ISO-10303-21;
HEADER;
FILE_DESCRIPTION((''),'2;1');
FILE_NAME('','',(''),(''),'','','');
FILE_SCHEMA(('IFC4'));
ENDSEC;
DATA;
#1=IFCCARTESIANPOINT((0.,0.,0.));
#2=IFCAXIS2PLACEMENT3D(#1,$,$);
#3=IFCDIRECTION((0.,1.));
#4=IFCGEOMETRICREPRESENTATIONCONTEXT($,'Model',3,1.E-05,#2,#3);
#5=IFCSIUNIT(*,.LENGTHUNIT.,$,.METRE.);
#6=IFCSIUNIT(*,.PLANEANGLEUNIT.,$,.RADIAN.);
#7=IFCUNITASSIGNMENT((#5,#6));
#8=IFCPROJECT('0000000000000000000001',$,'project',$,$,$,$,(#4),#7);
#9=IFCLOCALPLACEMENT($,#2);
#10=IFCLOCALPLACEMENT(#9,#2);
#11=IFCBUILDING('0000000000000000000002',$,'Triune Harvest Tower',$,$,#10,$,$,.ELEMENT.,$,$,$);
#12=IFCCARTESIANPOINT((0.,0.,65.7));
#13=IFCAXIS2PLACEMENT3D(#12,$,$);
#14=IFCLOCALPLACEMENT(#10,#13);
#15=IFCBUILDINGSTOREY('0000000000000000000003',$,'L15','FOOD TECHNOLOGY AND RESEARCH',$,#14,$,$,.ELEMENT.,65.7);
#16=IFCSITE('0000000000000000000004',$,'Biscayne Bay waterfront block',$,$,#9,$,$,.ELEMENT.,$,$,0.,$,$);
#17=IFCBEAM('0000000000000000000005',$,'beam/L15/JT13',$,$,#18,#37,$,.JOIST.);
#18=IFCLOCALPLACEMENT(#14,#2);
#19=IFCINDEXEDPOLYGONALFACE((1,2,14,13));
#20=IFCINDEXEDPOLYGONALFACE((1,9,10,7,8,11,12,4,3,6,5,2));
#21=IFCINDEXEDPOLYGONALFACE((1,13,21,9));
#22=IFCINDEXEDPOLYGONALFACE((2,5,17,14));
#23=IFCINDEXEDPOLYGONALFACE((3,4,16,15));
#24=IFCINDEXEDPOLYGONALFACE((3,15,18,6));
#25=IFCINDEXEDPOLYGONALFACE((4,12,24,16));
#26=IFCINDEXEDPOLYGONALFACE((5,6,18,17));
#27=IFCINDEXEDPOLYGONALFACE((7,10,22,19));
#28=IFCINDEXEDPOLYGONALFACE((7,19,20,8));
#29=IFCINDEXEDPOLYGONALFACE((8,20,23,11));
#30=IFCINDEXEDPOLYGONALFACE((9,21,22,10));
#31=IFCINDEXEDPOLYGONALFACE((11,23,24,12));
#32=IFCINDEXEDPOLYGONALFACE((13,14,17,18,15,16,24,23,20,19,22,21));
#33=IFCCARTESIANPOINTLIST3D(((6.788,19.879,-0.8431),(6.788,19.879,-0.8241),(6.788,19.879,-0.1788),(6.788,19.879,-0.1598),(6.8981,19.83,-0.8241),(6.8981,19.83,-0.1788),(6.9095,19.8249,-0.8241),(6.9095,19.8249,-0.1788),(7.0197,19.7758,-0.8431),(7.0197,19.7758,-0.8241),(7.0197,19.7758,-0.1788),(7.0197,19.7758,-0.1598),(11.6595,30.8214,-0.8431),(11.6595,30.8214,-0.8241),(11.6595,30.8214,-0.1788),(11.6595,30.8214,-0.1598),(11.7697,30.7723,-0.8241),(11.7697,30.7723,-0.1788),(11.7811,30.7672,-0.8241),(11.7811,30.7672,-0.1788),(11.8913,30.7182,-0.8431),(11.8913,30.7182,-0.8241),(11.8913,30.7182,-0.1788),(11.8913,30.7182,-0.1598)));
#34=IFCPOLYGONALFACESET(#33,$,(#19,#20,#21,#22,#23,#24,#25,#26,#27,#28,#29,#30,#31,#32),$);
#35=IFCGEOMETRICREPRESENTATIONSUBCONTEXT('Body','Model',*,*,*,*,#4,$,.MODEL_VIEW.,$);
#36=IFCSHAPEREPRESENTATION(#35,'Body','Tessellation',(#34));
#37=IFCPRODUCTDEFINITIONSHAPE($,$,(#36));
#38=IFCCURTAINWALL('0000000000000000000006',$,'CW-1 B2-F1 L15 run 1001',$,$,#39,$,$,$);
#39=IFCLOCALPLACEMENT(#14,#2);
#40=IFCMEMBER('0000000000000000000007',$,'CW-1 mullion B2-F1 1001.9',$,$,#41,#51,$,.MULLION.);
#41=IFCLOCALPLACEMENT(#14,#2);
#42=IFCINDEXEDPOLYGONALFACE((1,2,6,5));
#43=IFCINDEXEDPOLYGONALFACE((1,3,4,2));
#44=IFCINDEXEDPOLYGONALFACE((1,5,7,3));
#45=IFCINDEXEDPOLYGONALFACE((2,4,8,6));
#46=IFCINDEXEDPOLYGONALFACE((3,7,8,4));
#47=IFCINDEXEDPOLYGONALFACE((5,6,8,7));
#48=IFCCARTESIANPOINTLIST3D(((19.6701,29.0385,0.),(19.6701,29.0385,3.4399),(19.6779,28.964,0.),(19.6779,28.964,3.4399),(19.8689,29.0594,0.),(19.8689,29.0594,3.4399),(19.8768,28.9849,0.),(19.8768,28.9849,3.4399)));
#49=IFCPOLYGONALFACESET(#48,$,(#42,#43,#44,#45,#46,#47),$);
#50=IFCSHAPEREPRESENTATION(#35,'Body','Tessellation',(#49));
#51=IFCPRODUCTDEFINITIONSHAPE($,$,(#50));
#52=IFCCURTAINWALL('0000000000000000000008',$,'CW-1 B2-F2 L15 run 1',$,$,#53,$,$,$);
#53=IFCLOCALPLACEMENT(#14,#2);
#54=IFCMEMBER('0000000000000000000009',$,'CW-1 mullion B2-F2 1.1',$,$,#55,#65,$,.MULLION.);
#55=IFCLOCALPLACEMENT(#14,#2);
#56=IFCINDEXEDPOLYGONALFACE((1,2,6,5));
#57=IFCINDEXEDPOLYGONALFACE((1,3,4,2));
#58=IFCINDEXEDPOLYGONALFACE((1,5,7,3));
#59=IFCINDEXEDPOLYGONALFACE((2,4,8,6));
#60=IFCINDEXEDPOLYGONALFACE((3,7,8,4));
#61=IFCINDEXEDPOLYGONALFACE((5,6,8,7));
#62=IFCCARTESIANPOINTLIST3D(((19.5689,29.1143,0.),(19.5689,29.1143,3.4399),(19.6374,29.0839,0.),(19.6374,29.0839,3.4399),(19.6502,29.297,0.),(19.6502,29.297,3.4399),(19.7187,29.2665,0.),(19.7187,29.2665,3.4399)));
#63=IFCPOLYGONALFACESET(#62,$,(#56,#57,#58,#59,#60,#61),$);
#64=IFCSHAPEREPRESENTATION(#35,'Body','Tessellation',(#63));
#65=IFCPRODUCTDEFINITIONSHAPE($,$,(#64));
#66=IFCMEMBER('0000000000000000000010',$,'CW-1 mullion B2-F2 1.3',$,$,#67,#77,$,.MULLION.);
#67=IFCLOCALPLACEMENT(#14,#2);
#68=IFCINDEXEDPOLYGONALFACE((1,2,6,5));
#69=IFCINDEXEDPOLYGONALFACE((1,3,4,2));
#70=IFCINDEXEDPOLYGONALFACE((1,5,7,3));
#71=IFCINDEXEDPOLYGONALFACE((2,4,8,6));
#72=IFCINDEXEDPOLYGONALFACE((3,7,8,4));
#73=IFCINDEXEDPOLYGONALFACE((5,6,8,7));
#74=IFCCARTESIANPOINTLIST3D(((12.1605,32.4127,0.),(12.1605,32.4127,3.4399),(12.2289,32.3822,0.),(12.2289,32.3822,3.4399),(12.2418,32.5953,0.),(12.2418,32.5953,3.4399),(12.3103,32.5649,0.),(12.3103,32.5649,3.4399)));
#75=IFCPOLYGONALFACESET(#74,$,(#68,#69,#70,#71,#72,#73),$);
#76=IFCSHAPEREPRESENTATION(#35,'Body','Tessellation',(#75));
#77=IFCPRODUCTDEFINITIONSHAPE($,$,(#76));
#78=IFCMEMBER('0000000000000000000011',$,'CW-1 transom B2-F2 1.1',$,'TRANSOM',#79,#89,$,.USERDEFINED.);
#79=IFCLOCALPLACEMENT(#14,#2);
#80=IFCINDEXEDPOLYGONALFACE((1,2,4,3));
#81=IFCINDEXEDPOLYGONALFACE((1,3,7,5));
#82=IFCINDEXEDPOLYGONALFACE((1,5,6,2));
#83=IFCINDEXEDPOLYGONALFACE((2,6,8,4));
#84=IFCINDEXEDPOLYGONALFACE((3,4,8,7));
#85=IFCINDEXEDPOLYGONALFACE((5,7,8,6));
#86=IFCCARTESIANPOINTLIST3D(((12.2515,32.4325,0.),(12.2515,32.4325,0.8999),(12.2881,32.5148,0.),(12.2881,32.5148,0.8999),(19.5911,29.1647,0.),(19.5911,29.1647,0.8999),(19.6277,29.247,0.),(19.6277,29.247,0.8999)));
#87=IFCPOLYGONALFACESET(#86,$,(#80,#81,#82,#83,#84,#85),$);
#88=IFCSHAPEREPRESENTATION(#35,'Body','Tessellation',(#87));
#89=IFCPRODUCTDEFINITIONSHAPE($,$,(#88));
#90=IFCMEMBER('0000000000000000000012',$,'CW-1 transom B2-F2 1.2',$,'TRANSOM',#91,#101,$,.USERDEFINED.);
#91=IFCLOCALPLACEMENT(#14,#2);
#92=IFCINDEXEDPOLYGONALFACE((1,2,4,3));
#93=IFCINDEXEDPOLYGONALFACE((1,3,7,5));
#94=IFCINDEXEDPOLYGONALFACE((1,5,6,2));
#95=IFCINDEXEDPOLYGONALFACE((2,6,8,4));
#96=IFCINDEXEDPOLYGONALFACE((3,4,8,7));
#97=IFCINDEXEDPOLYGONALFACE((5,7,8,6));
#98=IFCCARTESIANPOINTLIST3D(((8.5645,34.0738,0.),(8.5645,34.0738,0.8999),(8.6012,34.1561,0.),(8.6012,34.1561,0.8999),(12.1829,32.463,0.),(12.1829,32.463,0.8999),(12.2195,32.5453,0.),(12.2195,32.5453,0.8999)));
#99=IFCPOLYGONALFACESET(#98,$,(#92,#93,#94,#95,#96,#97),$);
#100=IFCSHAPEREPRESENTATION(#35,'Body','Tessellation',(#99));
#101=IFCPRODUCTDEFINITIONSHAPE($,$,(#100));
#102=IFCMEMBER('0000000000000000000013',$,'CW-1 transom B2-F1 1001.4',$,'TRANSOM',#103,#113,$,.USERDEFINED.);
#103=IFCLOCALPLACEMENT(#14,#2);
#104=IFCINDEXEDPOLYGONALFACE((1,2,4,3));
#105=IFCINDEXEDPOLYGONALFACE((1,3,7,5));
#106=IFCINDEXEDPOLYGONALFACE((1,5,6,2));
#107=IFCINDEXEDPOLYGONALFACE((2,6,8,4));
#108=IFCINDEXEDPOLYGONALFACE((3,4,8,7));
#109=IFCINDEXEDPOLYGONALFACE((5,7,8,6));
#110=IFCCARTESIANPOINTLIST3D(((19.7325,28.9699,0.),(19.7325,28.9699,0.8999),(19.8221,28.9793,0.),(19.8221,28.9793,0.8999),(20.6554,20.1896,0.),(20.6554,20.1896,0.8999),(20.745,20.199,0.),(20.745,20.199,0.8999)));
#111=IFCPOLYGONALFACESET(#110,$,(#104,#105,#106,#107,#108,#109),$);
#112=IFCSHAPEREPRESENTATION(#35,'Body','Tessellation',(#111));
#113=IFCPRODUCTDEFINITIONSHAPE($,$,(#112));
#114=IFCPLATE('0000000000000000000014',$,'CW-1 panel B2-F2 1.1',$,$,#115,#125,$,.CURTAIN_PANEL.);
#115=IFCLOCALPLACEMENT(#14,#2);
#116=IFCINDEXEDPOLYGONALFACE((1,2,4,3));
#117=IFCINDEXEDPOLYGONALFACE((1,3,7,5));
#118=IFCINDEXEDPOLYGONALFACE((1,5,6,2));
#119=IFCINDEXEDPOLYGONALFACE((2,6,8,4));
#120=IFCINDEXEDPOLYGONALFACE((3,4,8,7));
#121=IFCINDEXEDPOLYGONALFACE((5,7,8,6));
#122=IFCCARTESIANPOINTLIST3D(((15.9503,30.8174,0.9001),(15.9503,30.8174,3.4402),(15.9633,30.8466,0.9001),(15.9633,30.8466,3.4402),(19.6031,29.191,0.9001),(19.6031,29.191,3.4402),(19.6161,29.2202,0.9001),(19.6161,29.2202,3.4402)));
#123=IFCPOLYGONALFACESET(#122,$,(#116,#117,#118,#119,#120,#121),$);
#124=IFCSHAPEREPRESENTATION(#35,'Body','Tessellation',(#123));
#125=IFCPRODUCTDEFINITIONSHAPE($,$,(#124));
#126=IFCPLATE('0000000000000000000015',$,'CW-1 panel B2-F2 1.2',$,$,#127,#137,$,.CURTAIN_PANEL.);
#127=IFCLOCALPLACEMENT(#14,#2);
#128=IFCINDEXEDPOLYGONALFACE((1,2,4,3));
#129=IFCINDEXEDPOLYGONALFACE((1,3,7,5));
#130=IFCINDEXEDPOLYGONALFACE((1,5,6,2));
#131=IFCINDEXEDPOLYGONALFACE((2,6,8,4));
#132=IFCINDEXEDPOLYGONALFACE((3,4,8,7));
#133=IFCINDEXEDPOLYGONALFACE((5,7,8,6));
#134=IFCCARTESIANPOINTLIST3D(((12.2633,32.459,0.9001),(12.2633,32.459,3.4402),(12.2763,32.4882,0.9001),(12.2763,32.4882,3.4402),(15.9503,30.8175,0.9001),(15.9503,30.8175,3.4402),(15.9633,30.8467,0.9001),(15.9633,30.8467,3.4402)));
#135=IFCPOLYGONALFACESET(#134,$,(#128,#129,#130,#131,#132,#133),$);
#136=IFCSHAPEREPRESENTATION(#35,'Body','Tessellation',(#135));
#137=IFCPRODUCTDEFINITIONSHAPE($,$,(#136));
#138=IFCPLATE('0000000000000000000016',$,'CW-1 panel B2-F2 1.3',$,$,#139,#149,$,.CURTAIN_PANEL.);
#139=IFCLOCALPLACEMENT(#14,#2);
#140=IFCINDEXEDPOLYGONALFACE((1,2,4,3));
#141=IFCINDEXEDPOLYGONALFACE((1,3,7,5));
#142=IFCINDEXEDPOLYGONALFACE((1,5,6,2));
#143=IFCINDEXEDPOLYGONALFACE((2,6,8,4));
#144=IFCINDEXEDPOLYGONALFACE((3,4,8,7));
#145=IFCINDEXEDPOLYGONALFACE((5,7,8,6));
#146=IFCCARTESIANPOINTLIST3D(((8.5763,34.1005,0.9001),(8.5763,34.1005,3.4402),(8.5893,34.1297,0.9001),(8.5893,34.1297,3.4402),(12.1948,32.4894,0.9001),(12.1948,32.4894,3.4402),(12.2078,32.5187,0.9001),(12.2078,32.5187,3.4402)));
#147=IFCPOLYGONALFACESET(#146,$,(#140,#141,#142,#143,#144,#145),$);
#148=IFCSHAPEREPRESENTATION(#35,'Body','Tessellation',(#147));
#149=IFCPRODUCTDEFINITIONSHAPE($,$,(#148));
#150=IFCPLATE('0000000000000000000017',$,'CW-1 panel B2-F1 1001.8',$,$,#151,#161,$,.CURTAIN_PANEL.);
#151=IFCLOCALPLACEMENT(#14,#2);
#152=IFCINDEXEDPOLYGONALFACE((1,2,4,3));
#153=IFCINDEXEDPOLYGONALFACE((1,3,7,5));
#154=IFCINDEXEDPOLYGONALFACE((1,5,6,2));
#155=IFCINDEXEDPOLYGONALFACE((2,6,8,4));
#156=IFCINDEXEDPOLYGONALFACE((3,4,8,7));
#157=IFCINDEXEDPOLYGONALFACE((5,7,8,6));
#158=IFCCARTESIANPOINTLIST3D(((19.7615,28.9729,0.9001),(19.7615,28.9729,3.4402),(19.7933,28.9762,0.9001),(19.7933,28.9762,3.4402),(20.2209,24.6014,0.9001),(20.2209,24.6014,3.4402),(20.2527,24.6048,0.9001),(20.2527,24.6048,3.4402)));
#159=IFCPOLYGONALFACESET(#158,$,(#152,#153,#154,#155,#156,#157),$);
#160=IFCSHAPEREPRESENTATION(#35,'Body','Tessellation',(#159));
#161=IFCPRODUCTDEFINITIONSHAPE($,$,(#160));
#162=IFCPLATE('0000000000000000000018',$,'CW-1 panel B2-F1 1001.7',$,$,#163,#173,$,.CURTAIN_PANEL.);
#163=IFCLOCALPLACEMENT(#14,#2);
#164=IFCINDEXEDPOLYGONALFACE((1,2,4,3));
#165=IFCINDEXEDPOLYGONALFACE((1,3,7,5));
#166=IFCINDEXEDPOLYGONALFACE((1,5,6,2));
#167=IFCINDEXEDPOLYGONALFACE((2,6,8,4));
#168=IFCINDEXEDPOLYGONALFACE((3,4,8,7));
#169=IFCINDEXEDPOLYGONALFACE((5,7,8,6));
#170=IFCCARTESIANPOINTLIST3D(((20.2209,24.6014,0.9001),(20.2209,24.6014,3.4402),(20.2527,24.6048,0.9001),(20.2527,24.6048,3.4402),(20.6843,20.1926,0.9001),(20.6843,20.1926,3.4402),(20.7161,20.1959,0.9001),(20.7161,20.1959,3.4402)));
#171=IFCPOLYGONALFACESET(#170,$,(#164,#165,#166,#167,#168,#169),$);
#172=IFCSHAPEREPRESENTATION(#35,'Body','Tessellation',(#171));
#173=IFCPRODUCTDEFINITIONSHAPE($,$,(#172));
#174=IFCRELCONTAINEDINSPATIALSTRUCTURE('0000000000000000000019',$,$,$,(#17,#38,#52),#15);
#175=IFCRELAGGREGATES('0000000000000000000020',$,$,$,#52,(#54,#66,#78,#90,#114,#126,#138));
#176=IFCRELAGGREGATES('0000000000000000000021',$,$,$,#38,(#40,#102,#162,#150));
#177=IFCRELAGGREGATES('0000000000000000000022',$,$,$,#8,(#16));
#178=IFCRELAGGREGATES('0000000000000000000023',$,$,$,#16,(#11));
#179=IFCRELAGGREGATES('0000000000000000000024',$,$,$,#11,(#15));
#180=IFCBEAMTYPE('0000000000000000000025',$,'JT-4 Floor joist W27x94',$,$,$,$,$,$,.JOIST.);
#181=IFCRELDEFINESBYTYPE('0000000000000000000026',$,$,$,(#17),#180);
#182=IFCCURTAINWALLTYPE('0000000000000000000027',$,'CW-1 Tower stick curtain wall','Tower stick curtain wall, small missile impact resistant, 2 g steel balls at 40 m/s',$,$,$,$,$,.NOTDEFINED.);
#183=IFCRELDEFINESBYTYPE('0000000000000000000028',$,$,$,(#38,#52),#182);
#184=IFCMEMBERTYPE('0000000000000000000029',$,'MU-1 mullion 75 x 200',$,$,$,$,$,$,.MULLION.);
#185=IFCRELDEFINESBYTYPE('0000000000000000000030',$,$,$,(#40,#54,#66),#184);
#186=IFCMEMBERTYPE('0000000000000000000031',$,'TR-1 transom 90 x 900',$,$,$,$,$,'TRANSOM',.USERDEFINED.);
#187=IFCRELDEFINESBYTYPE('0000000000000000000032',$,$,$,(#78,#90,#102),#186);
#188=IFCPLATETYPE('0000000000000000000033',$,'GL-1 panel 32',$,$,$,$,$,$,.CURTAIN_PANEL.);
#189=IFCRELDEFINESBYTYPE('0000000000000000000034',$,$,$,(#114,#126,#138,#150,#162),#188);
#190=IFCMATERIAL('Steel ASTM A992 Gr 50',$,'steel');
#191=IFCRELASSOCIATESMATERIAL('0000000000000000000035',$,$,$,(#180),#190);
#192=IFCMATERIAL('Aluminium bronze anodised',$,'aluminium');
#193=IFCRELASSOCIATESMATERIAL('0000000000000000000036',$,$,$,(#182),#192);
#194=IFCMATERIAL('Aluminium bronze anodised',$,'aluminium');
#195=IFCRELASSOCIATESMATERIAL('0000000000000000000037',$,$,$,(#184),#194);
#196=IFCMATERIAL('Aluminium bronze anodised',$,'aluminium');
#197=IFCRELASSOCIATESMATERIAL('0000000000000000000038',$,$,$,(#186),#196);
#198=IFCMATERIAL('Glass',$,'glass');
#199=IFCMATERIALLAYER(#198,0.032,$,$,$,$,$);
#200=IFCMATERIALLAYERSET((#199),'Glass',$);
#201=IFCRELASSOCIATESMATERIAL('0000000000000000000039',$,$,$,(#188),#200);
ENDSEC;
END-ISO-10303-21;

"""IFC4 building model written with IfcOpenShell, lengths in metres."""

from ifc_helpers import new_model, si_unit, direction, frame, origin, origin_2d, place, context, subcontext, project, spatial, rectangle, i_section, extrude, source, transform, mapped, material, layer, layer_set, material_profile, profile_set, type_object, element, aggregate, save


model = new_model("IFC4")

# Units and contexts
model_context = context("Model", 3, precision=1e-05, world=origin(), true_north=direction((0.0, 1.0)))
body_context = subcontext(model_context, "Body", "Model", "MODEL_VIEW")
ifc_project = project(units=[si_unit("LENGTHUNIT", "METRE"), si_unit("PLANEANGLEUNIT", "RADIAN")], contexts=[model_context])

# Site, building, storey
site_placement = place(None, origin())
site = spatial("IfcSite", under=ifc_project, at=site_placement, Name="Biscayne Bay waterfront block", CompositionType="ELEMENT", RefElevation=0.0)
building_placement = place(site_placement, origin())
building = spatial("IfcBuilding", under=site, at=building_placement, Name="Triune Harvest Tower", CompositionType="ELEMENT")
storey_placement = place(building_placement, frame((0.0, 0.0, 65.7)))
storey = spatial("IfcBuildingStorey", under=building, at=storey_placement, Name="L15", Description="FOOD TECHNOLOGY AND RESEARCH", CompositionType="ELEMENT", Elevation=65.7)

# Beam
ifc_material_1 = material(Name="Steel ASTM A992 Gr 50", Category="steel")
ifc_material_profile_1 = material_profile(ifc_material_1, i_section(OverallWidth=0.2537, OverallDepth=0.6833, WebThickness=0.0125, FlangeThickness=0.019, at=origin_2d()), Name="W27x94")
ifc_profile_set_1 = profile_set([ifc_material_profile_1], Name="Steel ASTM A992 Gr 50")
beam_type_1 = type_object("IfcBeamType", Name="JT-4 Floor joist W27x94", PredefinedType="JOIST", material=ifc_profile_set_1)
shared_shape_1 = source(origin(), body_context, "Body", "SweptSolid", [
    extrude(i_section(OverallWidth=0.2537, OverallDepth=0.6833, WebThickness=0.0125, FlangeThickness=0.019, at=origin_2d()), origin(), (0.0, 0.0, 1.0), 11.9778),
])
beam_1_placement = place(storey_placement, frame((11.7754, 30.7698, -0.5015), z_axis=(-0.406717, -0.913554, 0.0), x_axis=(0.913554, -0.406717, 0.0)))
element("IfcBeam", 1, at=beam_1_placement, inside=storey, type_object=beam_type_1, Name="beam/L15/JT13", PredefinedType="JOIST", context=body_context, shape_type="MappedRepresentation", body=[
    mapped(shared_shape_1, transform((0.0, 0.0, 0.0), scale=1.0)),
])

# Curtain wall, member
ifc_material_2 = material(Name="Aluminium bronze anodised", Category="aluminium")
curtain_wall_type = type_object("IfcCurtainWallType", Name="CW-1 Tower stick curtain wall", Description="Tower stick curtain wall, small missile impact resistant, 2 g steel balls at 40 m/s", PredefinedType="NOTDEFINED", material=ifc_material_2)
curtain_wall_1_placement = place(storey_placement, origin())
curtain_wall_1 = element("IfcCurtainWall", 2, at=curtain_wall_1_placement, inside=storey, type_object=curtain_wall_type, Name="CW-1 B2-F1 L15 run 1001")
ifc_material_3 = material(Name="Aluminium bronze anodised", Category="aluminium")
ifc_material_profile_2 = material_profile(ifc_material_3, rectangle(XDim=0.2, YDim=0.075, at=origin_2d()), Name="MU-1 mullion 75 x 200")
ifc_profile_set_2 = profile_set([ifc_material_profile_2], Name="Aluminium bronze anodised")
member_type_1 = type_object("IfcMemberType", Name="MU-1 mullion 75 x 200", PredefinedType="MULLION", material=ifc_profile_set_2)
shared_shape_2 = source(origin(), body_context, "Body", "SweptSolid", [
    extrude(rectangle(XDim=0.2, YDim=0.075, at=origin_2d()), origin(), (0.0, 0.0, 1.0), 3.4399),
])
member_1_placement = place(storey_placement, frame((19.7734, 29.0117, 0.0), z_axis=(0.0, 0.0, 1.0), x_axis=(-0.994522, -0.104528, 0.0)))
member_1 = element("IfcMember", 3, at=member_1_placement, type_object=member_type_1, Name="CW-1 mullion B2-F1 1001.9", PredefinedType="MULLION", context=body_context, shape_type="MappedRepresentation", body=[
    mapped(shared_shape_2, transform((0.0, 0.0, 0.0), scale=1.0)),
])

# Curtain wall, members
curtain_wall_2_placement = place(storey_placement, origin())
curtain_wall_2 = element("IfcCurtainWall", 4, at=curtain_wall_2_placement, inside=storey, type_object=curtain_wall_type, Name="CW-1 B2-F2 L15 run 1")
member_2_placement = place(storey_placement, frame((19.6438, 29.1904, 0.0), z_axis=(0.0, 0.0, 1.0), x_axis=(-0.406734, -0.913547, 0.0)))
member_2 = element("IfcMember", 5, at=member_2_placement, type_object=member_type_1, Name="CW-1 mullion B2-F2 1.1", PredefinedType="MULLION", context=body_context, shape_type="MappedRepresentation", body=[
    mapped(shared_shape_2, transform((0.0, 0.0, 0.0), scale=1.0)),
])
member_3_placement = place(storey_placement, frame((12.2354, 32.4888, 0.0), z_axis=(0.0, 0.0, 1.0), x_axis=(-0.406734, -0.913547, 0.0)))
member_3 = element("IfcMember", 6, at=member_3_placement, type_object=member_type_1, Name="CW-1 mullion B2-F2 1.3", PredefinedType="MULLION", context=body_context, shape_type="MappedRepresentation", body=[
    mapped(shared_shape_2, transform((0.0, 0.0, 0.0), scale=1.0)),
])
ifc_material_4 = material(Name="Aluminium bronze anodised", Category="aluminium")
ifc_material_profile_3 = material_profile(ifc_material_4, rectangle(XDim=0.0901, YDim=0.8999, at=origin_2d()), Name="TR-1 transom 90 x 900")
ifc_profile_set_3 = profile_set([ifc_material_profile_3], Name="Aluminium bronze anodised")
member_type_2 = type_object("IfcMemberType", Name="TR-1 transom 90 x 900", ElementType="TRANSOM", PredefinedType="USERDEFINED", material=ifc_profile_set_3)
shared_shape_3 = source(origin(), body_context, "Body", "SweptSolid", [
    extrude(rectangle(XDim=0.0901, YDim=0.8999, at=origin_2d()), origin(), (0.0, 0.0, 1.0), 8.0342),
])
member_4_placement = place(storey_placement, frame((19.6094, 29.2058, 0.45), z_axis=(-0.913544, 0.406739, 0.0), x_axis=(-0.406739, -0.913544, 0.0)))
member_4 = element("IfcMember", 7, at=member_4_placement, type_object=member_type_2, Name="CW-1 transom B2-F2 1.1", ObjectType="TRANSOM", PredefinedType="USERDEFINED", context=body_context, shape_type="MappedRepresentation", body=[
    mapped(shared_shape_3, transform((0.0, 0.0, 0.0), scale=1.0)),
])
shared_shape_4 = source(origin(), body_context, "Body", "SweptSolid", [
    extrude(rectangle(XDim=0.0901, YDim=0.8999, at=origin_2d()), origin(), (0.0, 0.0, 1.0), 3.9607),
])
member_5_placement = place(storey_placement, frame((12.2012, 32.5042, 0.45), z_axis=(-0.913562, 0.406699, 0.0), x_axis=(-0.406699, -0.913562, 0.0)))
member_5 = element("IfcMember", 8, at=member_5_placement, type_object=member_type_2, Name="CW-1 transom B2-F2 1.2", ObjectType="TRANSOM", PredefinedType="USERDEFINED", context=body_context, shape_type="MappedRepresentation", body=[
    mapped(shared_shape_4, transform((0.0, 0.0, 0.0), scale=1.0)),
])

# Member
shared_shape_5 = source(origin(), body_context, "Body", "SweptSolid", [
    extrude(rectangle(XDim=0.0901, YDim=0.8999, at=origin_2d()), origin(), (0.0, 0.0, 1.0), 8.8286),
])
member_6_placement = place(storey_placement, frame((20.7002, 20.1943, 0.45), z_axis=(-0.104529, 0.994522, 0.0), x_axis=(-0.994522, -0.104529, 0.0)))
member_6 = element("IfcMember", 9, at=member_6_placement, type_object=member_type_2, Name="CW-1 transom B2-F1 1001.4", ObjectType="TRANSOM", PredefinedType="USERDEFINED", context=body_context, shape_type="MappedRepresentation", body=[
    mapped(shared_shape_5, transform((0.0, 0.0, 0.0), scale=1.0)),
])

# Plates
ifc_material_5 = material(Name="Glass", Category="glass")
ifc_layer_1 = layer(ifc_material_5, 0.032)
ifc_layer_set_1 = layer_set([ifc_layer_1], Name="Glass")
plate_type = type_object("IfcPlateType", Name="GL-1 panel 32", PredefinedType="CURTAIN_PANEL", material=ifc_layer_set_1)
shared_shape_6 = source(origin(), body_context, "Body", "SweptSolid", [
    extrude(rectangle(XDim=3.9985, YDim=0.032, at=origin_2d()), origin(), (0.0, 0.0, 1.0), 2.54),
])
plate_1_placement = place(storey_placement, frame((17.7832, 30.0188, 0.9001), z_axis=(0.0, 0.0, 1.0), x_axis=(-0.913547, 0.406734, 0.0)))
plate_1 = element("IfcPlate", 10, at=plate_1_placement, type_object=plate_type, Name="CW-1 panel B2-F2 1.1", PredefinedType="CURTAIN_PANEL", context=body_context, shape_type="MappedRepresentation", body=[
    mapped(shared_shape_6, transform((0.0, 0.0, 0.0), scale=1.0)),
])
shared_shape_7 = source(origin(), body_context, "Body", "SweptSolid", [
    extrude(rectangle(XDim=4.0359, YDim=0.032, at=origin_2d()), origin(), (0.0, 0.0, 1.0), 2.54),
])
plate_2_placement = place(storey_placement, frame((14.1133, 31.6528, 0.9001), z_axis=(0.0, 0.0, 1.0), x_axis=(-0.913547, 0.406734, 0.0)))
plate_2 = element("IfcPlate", 11, at=plate_2_placement, type_object=plate_type, Name="CW-1 panel B2-F2 1.2", PredefinedType="CURTAIN_PANEL", context=body_context, shape_type="MappedRepresentation", body=[
    mapped(shared_shape_7, transform((0.0, 0.0, 0.0), scale=1.0)),
])
shared_shape_8 = source(origin(), body_context, "Body", "SweptSolid", [
    extrude(rectangle(XDim=3.9609, YDim=0.032, at=origin_2d()), origin(), (0.0, 0.0, 1.0), 2.54),
])
plate_3_placement = place(storey_placement, frame((10.3921, 33.3096, 0.9001), z_axis=(0.0, 0.0, 1.0), x_axis=(-0.913547, 0.406734, 0.0)))
plate_3 = element("IfcPlate", 12, at=plate_3_placement, type_object=plate_type, Name="CW-1 panel B2-F2 1.3", PredefinedType="CURTAIN_PANEL", context=body_context, shape_type="MappedRepresentation", body=[
    mapped(shared_shape_8, transform((0.0, 0.0, 0.0), scale=1.0)),
])
aggregate(curtain_wall_2, [member_2, member_3, member_4, member_5, plate_1, plate_2, plate_3])
shared_shape_9 = source(origin(), body_context, "Body", "SweptSolid", [
    extrude(rectangle(XDim=4.3955, YDim=0.032, at=origin_2d()), origin(), (0.0, 0.0, 1.0), 2.54),
])
plate_4_placement = place(storey_placement, frame((20.0071, 26.7888, 0.9001), z_axis=(0.0, 0.0, 1.0), x_axis=(-0.104528, 0.994522, 0.0)))
plate_4 = element("IfcPlate", 13, at=plate_4_placement, type_object=plate_type, Name="CW-1 panel B2-F1 1001.8", PredefinedType="CURTAIN_PANEL", context=body_context, shape_type="MappedRepresentation", body=[
    mapped(shared_shape_9, transform((0.0, 0.0, 0.0), scale=1.0)),
])
shared_shape_10 = source(origin(), body_context, "Body", "SweptSolid", [
    extrude(rectangle(XDim=4.4331, YDim=0.032, at=origin_2d()), origin(), (0.0, 0.0, 1.0), 2.54),
])
plate_5_placement = place(storey_placement, frame((20.4685, 22.3987, 0.9001), z_axis=(0.0, 0.0, 1.0), x_axis=(-0.104528, 0.994522, 0.0)))
plate_5 = element("IfcPlate", 14, at=plate_5_placement, type_object=plate_type, Name="CW-1 panel B2-F1 1001.7", PredefinedType="CURTAIN_PANEL", context=body_context, shape_type="MappedRepresentation", body=[
    mapped(shared_shape_10, transform((0.0, 0.0, 0.0), scale=1.0)),
])
aggregate(curtain_wall_1, [member_1, member_6, plate_5, plate_4])

save(model, "model.ifc")
